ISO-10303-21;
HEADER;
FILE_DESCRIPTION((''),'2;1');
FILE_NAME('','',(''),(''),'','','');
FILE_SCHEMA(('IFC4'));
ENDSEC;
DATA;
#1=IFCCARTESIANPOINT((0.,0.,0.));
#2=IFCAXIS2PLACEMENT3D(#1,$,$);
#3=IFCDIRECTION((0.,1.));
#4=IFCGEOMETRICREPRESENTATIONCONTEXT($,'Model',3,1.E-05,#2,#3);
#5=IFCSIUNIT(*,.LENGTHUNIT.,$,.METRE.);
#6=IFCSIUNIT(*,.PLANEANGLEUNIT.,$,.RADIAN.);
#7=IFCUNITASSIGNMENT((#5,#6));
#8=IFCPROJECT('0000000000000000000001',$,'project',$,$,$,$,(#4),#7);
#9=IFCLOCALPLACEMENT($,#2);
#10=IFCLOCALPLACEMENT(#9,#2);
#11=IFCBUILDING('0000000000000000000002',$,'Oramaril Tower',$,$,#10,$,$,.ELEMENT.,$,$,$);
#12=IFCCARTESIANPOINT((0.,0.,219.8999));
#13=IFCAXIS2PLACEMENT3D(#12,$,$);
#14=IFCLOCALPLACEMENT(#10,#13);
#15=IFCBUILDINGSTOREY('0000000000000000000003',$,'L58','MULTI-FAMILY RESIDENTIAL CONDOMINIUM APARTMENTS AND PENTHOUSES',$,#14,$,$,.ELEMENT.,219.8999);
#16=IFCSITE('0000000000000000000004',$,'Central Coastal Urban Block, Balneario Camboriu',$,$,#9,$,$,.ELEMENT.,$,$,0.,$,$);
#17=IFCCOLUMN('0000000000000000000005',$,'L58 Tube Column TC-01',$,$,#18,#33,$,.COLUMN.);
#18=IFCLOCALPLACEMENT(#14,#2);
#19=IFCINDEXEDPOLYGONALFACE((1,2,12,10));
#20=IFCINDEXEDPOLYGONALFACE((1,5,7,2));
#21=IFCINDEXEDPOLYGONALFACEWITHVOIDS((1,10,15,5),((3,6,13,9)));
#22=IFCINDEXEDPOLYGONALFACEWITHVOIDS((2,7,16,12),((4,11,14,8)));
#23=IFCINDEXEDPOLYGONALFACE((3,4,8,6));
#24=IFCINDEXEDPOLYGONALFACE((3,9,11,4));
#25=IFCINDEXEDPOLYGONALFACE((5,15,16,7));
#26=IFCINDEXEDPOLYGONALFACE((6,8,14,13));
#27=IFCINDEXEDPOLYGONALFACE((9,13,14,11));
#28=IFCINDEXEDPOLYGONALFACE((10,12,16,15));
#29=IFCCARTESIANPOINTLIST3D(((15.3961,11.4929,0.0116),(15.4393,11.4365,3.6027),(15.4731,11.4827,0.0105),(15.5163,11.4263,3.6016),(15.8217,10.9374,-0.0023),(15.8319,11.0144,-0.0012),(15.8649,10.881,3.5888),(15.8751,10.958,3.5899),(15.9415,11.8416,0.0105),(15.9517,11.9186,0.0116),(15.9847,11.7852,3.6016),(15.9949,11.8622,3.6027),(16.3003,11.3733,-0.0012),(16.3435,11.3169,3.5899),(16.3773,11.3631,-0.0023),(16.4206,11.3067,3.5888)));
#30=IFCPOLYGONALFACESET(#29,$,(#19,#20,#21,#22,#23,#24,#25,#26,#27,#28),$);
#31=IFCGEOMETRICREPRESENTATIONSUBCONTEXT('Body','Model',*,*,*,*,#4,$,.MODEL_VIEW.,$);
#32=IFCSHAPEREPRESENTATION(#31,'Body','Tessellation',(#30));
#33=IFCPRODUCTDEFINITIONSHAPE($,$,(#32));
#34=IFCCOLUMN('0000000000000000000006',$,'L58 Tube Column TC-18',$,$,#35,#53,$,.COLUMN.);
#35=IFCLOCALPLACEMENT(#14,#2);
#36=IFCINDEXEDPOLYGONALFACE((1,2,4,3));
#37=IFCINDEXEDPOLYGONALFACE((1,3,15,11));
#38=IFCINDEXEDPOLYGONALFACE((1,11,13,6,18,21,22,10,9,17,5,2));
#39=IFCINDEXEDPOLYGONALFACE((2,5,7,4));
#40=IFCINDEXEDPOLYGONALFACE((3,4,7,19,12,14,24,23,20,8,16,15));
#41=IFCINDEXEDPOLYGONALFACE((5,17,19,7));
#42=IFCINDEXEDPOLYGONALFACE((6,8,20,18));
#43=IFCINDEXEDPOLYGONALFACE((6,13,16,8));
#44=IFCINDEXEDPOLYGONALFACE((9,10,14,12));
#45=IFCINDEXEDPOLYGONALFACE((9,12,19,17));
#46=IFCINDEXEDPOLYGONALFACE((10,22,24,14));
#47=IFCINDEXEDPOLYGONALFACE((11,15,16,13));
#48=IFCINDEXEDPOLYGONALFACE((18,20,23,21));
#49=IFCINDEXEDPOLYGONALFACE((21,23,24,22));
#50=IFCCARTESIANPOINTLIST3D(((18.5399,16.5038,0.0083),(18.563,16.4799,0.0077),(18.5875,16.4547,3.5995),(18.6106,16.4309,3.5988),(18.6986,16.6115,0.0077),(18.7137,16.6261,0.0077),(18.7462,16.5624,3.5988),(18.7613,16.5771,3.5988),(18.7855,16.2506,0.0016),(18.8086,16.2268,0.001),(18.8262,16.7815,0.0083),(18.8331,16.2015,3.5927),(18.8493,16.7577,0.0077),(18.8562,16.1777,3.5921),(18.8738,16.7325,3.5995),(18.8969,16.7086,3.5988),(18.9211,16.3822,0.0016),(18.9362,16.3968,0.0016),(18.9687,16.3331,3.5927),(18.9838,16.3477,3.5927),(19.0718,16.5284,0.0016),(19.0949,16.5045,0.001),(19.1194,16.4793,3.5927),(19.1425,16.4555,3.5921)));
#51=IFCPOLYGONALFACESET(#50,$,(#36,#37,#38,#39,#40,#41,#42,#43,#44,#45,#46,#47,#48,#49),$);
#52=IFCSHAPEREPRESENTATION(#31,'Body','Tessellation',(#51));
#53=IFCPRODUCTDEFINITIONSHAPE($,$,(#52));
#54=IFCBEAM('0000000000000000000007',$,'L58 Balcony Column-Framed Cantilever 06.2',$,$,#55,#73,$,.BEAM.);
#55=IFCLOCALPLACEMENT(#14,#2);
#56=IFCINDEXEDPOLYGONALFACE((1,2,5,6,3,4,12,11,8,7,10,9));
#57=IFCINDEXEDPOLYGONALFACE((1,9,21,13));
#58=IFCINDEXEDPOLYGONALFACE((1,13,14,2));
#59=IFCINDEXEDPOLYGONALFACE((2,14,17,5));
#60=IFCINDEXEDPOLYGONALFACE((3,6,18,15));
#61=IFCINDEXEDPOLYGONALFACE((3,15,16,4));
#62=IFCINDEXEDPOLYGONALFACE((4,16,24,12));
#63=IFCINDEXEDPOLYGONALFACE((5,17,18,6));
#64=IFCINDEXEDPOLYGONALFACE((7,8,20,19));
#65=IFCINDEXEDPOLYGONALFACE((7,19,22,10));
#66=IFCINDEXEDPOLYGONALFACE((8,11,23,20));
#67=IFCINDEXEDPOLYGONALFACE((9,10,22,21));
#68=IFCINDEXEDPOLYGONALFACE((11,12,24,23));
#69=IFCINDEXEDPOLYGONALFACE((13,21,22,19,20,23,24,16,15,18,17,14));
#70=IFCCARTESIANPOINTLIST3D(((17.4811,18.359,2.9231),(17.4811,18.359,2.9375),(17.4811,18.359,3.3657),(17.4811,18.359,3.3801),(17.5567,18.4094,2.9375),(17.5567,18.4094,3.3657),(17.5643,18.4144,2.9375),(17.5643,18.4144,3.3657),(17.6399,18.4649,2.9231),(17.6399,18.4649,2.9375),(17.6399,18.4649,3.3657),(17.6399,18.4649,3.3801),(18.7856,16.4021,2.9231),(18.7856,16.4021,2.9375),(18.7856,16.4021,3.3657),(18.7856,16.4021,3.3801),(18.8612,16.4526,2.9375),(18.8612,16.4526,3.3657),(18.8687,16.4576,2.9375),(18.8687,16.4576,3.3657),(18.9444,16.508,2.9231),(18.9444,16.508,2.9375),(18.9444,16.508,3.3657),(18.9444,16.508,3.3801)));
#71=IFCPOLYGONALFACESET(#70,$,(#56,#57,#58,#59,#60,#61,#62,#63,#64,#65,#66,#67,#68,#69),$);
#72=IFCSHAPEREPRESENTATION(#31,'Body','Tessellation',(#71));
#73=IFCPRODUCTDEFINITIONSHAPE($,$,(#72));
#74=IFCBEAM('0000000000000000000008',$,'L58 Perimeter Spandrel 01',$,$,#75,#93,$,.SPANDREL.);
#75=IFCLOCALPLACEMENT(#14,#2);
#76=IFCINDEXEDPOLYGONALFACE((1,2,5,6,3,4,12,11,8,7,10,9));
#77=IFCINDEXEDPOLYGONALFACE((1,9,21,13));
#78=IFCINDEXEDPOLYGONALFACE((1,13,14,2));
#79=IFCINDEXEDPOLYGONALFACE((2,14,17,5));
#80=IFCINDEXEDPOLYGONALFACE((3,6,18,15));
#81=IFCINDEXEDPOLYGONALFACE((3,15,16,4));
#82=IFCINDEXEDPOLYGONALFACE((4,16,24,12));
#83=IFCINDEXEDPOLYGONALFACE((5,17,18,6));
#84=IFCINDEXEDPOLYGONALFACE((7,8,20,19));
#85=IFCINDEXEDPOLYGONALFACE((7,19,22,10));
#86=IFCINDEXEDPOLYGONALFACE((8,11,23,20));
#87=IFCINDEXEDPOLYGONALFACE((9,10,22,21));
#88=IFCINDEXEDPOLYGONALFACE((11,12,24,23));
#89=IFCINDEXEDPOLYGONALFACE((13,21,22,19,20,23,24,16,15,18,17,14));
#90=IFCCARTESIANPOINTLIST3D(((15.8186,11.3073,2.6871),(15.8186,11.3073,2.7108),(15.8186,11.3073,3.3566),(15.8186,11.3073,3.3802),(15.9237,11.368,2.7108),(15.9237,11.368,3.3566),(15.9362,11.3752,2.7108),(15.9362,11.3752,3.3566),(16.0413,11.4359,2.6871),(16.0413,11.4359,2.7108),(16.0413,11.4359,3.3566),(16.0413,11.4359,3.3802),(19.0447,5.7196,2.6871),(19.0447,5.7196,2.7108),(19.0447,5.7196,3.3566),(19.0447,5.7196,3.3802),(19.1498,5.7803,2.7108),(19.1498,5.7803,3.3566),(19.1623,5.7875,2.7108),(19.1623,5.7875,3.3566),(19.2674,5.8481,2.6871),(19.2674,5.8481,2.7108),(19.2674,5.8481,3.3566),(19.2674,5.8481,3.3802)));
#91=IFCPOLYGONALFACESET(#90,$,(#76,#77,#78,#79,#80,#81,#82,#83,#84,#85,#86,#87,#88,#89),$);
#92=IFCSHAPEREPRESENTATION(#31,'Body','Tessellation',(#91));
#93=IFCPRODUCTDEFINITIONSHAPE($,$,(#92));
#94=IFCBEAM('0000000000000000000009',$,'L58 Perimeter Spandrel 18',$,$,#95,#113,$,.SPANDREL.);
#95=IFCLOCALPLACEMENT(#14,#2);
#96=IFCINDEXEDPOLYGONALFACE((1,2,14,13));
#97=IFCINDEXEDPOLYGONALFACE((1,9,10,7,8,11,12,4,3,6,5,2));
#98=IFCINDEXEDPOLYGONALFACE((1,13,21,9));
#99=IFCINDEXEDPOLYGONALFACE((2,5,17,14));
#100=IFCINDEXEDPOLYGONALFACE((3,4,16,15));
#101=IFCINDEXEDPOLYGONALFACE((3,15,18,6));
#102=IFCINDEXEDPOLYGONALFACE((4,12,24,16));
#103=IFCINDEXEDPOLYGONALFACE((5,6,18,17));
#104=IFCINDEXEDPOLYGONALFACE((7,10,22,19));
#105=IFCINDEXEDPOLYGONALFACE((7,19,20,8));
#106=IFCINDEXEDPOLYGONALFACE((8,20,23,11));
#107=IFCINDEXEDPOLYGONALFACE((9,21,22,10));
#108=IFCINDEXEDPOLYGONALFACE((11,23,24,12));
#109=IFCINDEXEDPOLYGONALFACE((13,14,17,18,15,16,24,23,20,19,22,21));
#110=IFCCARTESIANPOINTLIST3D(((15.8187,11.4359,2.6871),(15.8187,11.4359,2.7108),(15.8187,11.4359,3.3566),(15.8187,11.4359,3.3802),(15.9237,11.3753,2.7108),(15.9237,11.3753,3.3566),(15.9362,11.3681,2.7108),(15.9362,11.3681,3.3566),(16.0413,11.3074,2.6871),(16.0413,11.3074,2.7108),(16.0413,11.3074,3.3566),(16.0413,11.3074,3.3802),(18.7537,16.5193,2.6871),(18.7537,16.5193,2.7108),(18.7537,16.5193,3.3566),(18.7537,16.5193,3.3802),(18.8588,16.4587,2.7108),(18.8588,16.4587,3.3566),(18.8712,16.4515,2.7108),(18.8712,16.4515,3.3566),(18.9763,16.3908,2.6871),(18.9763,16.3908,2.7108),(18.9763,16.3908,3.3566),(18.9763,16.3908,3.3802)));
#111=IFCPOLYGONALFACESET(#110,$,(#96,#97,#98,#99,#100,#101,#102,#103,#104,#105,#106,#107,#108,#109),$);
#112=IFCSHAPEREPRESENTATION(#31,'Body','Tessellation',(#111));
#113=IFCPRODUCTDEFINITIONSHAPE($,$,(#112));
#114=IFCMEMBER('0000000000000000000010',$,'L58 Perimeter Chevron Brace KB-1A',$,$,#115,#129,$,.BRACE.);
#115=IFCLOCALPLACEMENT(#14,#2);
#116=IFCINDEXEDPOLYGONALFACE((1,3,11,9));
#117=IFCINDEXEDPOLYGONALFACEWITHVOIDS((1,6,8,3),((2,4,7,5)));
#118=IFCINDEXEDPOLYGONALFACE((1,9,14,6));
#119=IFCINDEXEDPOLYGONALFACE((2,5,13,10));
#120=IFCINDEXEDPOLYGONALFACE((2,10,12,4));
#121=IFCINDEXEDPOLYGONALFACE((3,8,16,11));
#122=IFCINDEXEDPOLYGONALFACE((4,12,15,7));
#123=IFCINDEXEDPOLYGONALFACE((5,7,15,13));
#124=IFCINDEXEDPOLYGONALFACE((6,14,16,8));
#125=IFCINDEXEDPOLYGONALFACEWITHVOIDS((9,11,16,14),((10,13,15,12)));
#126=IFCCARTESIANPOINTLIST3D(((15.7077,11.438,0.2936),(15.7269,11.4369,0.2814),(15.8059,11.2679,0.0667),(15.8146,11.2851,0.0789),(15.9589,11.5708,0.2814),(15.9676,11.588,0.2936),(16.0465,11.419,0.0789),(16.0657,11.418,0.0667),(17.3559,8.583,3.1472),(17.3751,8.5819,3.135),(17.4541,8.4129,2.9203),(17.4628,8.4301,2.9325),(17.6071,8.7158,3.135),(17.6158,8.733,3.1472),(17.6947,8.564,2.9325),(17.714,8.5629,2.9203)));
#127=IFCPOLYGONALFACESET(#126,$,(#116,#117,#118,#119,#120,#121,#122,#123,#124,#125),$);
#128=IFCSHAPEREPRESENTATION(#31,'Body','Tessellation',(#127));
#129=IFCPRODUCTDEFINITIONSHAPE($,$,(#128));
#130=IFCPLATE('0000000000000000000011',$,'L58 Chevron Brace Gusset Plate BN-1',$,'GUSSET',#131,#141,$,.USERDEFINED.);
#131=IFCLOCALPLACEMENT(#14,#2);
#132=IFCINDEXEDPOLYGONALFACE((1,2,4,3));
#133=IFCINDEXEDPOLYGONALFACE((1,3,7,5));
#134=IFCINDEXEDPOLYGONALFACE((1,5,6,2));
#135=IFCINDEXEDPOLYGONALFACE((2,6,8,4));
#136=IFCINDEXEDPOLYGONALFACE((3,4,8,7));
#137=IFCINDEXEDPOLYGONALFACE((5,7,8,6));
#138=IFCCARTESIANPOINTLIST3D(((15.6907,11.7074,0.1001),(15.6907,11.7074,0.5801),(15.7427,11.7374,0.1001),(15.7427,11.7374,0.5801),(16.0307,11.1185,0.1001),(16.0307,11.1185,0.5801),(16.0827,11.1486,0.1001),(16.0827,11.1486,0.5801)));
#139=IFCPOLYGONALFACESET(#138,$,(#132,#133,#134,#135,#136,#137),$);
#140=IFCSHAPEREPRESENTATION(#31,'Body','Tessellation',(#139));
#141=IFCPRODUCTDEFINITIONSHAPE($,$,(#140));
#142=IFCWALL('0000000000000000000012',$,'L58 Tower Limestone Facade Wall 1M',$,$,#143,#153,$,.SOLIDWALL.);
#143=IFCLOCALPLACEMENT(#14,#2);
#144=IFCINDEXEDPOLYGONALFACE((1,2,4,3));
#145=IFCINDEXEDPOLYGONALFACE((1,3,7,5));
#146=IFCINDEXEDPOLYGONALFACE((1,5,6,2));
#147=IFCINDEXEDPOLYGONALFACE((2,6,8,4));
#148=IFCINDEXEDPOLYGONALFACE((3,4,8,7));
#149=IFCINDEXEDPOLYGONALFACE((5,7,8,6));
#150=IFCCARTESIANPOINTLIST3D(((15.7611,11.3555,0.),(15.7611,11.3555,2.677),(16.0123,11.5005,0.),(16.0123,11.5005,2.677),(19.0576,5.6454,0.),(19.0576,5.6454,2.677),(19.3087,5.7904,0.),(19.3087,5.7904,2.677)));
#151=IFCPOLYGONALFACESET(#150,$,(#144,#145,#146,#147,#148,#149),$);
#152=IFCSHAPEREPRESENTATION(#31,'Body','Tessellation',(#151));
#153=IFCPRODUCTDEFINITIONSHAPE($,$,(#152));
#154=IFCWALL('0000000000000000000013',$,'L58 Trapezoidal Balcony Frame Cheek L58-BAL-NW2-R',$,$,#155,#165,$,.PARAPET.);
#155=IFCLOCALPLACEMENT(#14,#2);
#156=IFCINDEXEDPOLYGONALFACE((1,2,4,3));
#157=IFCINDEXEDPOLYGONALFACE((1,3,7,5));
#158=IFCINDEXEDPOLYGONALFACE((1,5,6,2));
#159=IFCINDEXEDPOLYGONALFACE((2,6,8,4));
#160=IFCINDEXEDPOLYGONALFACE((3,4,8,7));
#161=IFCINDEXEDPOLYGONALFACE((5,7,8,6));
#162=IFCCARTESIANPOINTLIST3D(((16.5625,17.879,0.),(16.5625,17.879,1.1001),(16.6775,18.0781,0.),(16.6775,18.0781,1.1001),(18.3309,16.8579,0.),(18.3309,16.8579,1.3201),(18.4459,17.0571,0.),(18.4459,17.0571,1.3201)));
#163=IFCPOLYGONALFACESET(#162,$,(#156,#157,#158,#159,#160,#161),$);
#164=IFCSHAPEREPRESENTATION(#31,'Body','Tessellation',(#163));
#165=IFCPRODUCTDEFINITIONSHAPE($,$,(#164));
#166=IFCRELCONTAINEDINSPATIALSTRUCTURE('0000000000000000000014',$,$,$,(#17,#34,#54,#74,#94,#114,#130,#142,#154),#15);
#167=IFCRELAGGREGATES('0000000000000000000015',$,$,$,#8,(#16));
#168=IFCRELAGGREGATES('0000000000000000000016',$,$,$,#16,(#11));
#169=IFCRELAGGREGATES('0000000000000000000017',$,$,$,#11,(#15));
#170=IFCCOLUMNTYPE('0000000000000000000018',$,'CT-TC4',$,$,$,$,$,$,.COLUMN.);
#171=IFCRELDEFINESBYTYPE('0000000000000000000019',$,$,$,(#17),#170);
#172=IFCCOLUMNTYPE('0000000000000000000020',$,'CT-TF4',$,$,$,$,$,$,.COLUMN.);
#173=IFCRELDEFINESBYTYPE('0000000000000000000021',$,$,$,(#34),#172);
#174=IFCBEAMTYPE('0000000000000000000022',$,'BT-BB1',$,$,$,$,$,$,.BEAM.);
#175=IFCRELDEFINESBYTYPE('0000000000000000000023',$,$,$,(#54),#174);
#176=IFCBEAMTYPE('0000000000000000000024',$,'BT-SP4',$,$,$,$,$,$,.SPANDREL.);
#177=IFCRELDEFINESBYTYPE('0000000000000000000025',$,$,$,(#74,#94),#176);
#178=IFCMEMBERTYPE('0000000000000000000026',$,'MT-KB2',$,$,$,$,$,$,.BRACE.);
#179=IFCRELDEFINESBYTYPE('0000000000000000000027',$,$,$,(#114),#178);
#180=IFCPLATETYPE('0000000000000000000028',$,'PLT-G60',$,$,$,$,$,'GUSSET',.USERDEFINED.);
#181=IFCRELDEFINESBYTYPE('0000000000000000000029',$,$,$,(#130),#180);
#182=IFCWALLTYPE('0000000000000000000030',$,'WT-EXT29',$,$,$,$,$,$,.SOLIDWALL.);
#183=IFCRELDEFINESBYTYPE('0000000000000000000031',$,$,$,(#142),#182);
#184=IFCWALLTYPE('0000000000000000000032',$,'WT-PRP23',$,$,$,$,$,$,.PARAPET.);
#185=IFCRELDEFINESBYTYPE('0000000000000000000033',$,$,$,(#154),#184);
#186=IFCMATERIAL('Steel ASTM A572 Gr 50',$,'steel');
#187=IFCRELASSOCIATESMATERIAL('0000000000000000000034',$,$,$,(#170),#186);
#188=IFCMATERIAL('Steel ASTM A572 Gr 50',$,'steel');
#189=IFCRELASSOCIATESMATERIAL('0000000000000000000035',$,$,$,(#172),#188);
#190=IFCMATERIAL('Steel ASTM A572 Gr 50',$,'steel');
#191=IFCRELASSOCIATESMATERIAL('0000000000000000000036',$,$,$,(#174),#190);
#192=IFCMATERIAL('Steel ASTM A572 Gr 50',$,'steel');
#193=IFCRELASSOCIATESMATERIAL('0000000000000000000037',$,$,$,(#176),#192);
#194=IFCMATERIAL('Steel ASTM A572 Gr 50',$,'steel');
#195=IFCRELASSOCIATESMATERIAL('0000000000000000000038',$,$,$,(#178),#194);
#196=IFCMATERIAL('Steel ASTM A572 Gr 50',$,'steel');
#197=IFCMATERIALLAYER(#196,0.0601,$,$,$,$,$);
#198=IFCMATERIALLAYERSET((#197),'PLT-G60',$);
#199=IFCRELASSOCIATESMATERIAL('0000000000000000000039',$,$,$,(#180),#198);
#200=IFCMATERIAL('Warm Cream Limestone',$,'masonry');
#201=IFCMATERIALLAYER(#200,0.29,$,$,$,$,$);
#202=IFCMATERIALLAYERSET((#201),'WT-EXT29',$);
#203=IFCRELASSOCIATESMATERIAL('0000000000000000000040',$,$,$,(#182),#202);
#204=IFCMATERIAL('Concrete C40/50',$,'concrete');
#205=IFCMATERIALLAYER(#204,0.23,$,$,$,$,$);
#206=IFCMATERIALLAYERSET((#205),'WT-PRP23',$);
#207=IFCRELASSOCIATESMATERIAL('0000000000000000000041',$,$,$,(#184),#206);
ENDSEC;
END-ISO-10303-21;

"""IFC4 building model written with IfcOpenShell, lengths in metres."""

from ifc_helpers import new_model, si_unit, direction, frame, frame_2d, origin, origin_2d, place, context, subcontext, project, spatial, polyline, rectangle, hollow_rectangle, i_section, outline, extrude, material, layer, layer_set, material_profile, profile_set, type_object, element, save


model = new_model("IFC4")

# Units and contexts
model_context = context("Model", 3, precision=1e-05, world=origin(), true_north=direction((0.0, 1.0)))
body_context = subcontext(model_context, "Body", "Model", "MODEL_VIEW")
ifc_project = project(units=[si_unit("LENGTHUNIT", "METRE"), si_unit("PLANEANGLEUNIT", "RADIAN")], contexts=[model_context])

# Site, building, storey
site_placement = place(None, origin())
site = spatial("IfcSite", under=ifc_project, at=site_placement, Name="Central Coastal Urban Block, Balneario Camboriu", CompositionType="ELEMENT", RefElevation=0.0)
building_placement = place(site_placement, origin())
building = spatial("IfcBuilding", under=site, at=building_placement, Name="Oramaril Tower", CompositionType="ELEMENT")
storey_placement = place(building_placement, frame((0.0, 0.0, 219.8999)))
storey = spatial("IfcBuildingStorey", under=building, at=storey_placement, Name="L58", Description="MULTI-FAMILY RESIDENTIAL CONDOMINIUM APARTMENTS AND PENTHOUSES", CompositionType="ELEMENT", Elevation=219.8999)

# Columns
ifc_material_1 = material(Name="Steel ASTM A572 Gr 50", Category="steel")
ifc_material_profile_1 = material_profile(ifc_material_1, hollow_rectangle(XDim=0.7, YDim=0.7, WallThickness=0.0549, at=origin_2d()), Name="BOX700X700X55")
ifc_profile_set_1 = profile_set([ifc_material_profile_1], Name="Steel ASTM A572 Gr 50")
column_type_1 = type_object("IfcColumnType", Name="CT-TC4", PredefinedType="COLUMN", material=ifc_profile_set_1)
column_1_placement = place(storey_placement, frame((15.8867, 11.428, 0.0046), z_axis=(0.012031, -0.015702, 0.999804), x_axis=(0.793772, 0.608215, 0.0)))
element("IfcColumn", 1, at=column_1_placement, inside=storey, type_object=column_type_1, Name="L58 Tube Column TC-01", PredefinedType="COLUMN", context=body_context, shape_type="SweptSolid", body=[
    extrude(hollow_rectangle(XDim=0.7, YDim=0.7, WallThickness=0.0549, at=origin_2d()), origin(), (0.0, 0.0, 1.0), 3.5918),
])
ifc_material_2 = material(Name="Steel ASTM A572 Gr 50", Category="steel")
ifc_material_profile_2 = material_profile(ifc_material_2, i_section(OverallWidth=0.3989, OverallDepth=0.386, WebThickness=0.021, FlangeThickness=0.0332, at=origin_2d()), Name="W14X176")
ifc_profile_set_2 = profile_set([ifc_material_profile_2], Name="Steel ASTM A572 Gr 50")
column_type_2 = type_object("IfcColumnType", Name="CT-TF4", PredefinedType="COLUMN", material=ifc_profile_set_2)
column_2_placement = place(storey_placement, frame((18.8174, 16.5042, 0.0046), z_axis=(0.013255, -0.013663, 0.999819), x_axis=(0.717738, 0.696313, 0.0)))
element("IfcColumn", 2, at=column_2_placement, inside=storey, type_object=column_type_2, Name="L58 Tube Column TC-18", PredefinedType="COLUMN", context=body_context, shape_type="SweptSolid", body=[
    extrude(i_section(OverallWidth=0.3989, OverallDepth=0.386, WebThickness=0.021, FlangeThickness=0.0332, at=origin_2d()), origin(), (0.0, 0.0, 1.0), 3.5918),
])

# Beams
ifc_material_3 = material(Name="Steel ASTM A572 Gr 50", Category="steel")
ifc_material_profile_3 = material_profile(ifc_material_3, i_section(OverallWidth=0.1909, OverallDepth=0.457, WebThickness=0.009, FlangeThickness=0.0144, at=origin_2d()), Name="W18X50")
ifc_profile_set_3 = profile_set([ifc_material_profile_3], Name="Steel ASTM A572 Gr 50")
beam_type_1 = type_object("IfcBeamType", Name="BT-BB1", PredefinedType="BEAM", material=ifc_profile_set_3)
beam_1_placement = place(storey_placement, frame((18.865, 16.4551, 3.1516), z_axis=(-0.554676, 0.832066, 0.0), x_axis=(-0.832066, -0.554676, 0.0)))
element("IfcBeam", 3, at=beam_1_placement, inside=storey, type_object=beam_type_1, Name="L58 Balcony Column-Framed Cantilever 06.2", PredefinedType="BEAM", context=body_context, shape_type="SweptSolid", body=[
    extrude(i_section(OverallWidth=0.1909, OverallDepth=0.457, WebThickness=0.009, FlangeThickness=0.0144, at=origin_2d()), origin(), (0.0, 0.0, 1.0), 2.3518),
])
ifc_material_4 = material(Name="Steel ASTM A572 Gr 50", Category="steel")
ifc_material_profile_4 = material_profile(ifc_material_4, i_section(OverallWidth=0.2571, OverallDepth=0.6931, WebThickness=0.0144, FlangeThickness=0.0237, at=origin_2d()), Name="W27X114")
ifc_profile_set_4 = profile_set([ifc_material_profile_4], Name="Steel ASTM A572 Gr 50")
beam_type_2 = type_object("IfcBeamType", Name="BT-SP4", PredefinedType="SPANDREL", material=ifc_profile_set_4)
beam_2_placement = place(storey_placement, frame((15.9299, 11.3716, 3.0337), z_axis=(0.500005, -0.866022, 0.0), x_axis=(0.866022, 0.500005, 0.0)))
element("IfcBeam", 4, at=beam_2_placement, inside=storey, type_object=beam_type_2, Name="L58 Perimeter Spandrel 01", PredefinedType="SPANDREL", context=body_context, shape_type="SweptSolid", body=[
    extrude(i_section(OverallWidth=0.2571, OverallDepth=0.6931, WebThickness=0.0144, FlangeThickness=0.0237, at=origin_2d()), origin(), (0.0, 0.0, 1.0), 6.4521),
])
beam_3_placement = place(storey_placement, frame((18.865, 16.4551, 3.0337), z_axis=(-0.500013, -0.866018, 0.0), x_axis=(0.866018, -0.500013, 0.0)))
element("IfcBeam", 5, at=beam_3_placement, inside=storey, type_object=beam_type_2, Name="L58 Perimeter Spandrel 18", PredefinedType="SPANDREL", context=body_context, shape_type="SweptSolid", body=[
    extrude(i_section(OverallWidth=0.2571, OverallDepth=0.6931, WebThickness=0.0144, FlangeThickness=0.0237, at=origin_2d()), origin(), (0.0, 0.0, 1.0), 5.8699),
])

# Member
ifc_material_5 = material(Name="Steel ASTM A572 Gr 50", Category="steel")
ifc_material_profile_5 = material_profile(ifc_material_5, hollow_rectangle(XDim=0.3, YDim=0.3, WallThickness=0.0161, at=origin_2d()), Name="HSS300X300X16")
ifc_profile_set_5 = profile_set([ifc_material_profile_5], Name="Steel ASTM A572 Gr 50")
member_type = type_object("IfcMemberType", Name="MT-KB2", PredefinedType="BRACE", material=ifc_profile_set_5)
member_placement = place(storey_placement, frame((15.8867, 11.428, 0.1802), z_axis=(0.378022, -0.654805, 0.654469), x_axis=(0.866043, 0.49997, 0.0)))
element("IfcMember", 6, at=member_placement, inside=storey, type_object=member_type, Name="L58 Perimeter Chevron Brace KB-1A", PredefinedType="BRACE", context=body_context, shape_type="SweptSolid", body=[
    extrude(hollow_rectangle(XDim=0.3, YDim=0.3, WallThickness=0.0161, at=origin_2d()), origin(), (0.0, 0.0, 1.0), 4.3601),
])

# Plate
ifc_material_6 = material(Name="Steel ASTM A572 Gr 50", Category="steel")
ifc_layer_1 = layer(ifc_material_6, 0.0601)
ifc_layer_set_1 = layer_set([ifc_layer_1], Name="PLT-G60")
plate_type = type_object("IfcPlateType", Name="PLT-G60", ElementType="GUSSET", PredefinedType="USERDEFINED", material=ifc_layer_set_1)
plate_placement = place(storey_placement, frame((15.8867, 11.428, 0.1001), z_axis=(0.0, 0.0, 1.0), x_axis=(0.499992, -0.86603, 0.0)))
element("IfcPlate", 7, at=plate_placement, inside=storey, type_object=plate_type, Name="L58 Chevron Brace Gusset Plate BN-1", ObjectType="GUSSET", PredefinedType="USERDEFINED", context=body_context, shape_type="SweptSolid", body=[
    extrude(rectangle(XDim=0.6799, YDim=0.0601, at=origin_2d()), origin(), (0.0, 0.0, 1.0), 0.48),
])

# Walls
ifc_material_7 = material(Name="Warm Cream Limestone", Category="masonry")
ifc_layer_2 = layer(ifc_material_7, 0.29)
ifc_layer_set_2 = layer_set([ifc_layer_2], Name="WT-EXT29")
wall_type_1 = type_object("IfcWallType", Name="WT-EXT29", PredefinedType="SOLIDWALL", material=ifc_layer_set_2)
wall_1_placement = place(storey_placement, frame((15.8867, 11.428, 0.0), z_axis=(0.0, 0.0, 1.0), x_axis=(0.49997, -0.866043, 0.0)))
element("IfcWall", 8, at=wall_1_placement, inside=storey, type_object=wall_type_1, Name="L58 Tower Limestone Facade Wall 1M", PredefinedType="SOLIDWALL", context=body_context, shape_type="SweptSolid", body=[
    extrude(rectangle(XDim=6.5933, YDim=0.29, at=frame_2d((3.2966, 0.0))), origin(), (0.0, 0.0, 1.0), 2.677),
])
ifc_material_8 = material(Name="Concrete C40/50", Category="concrete")
ifc_layer_3 = layer(ifc_material_8, 0.23)
ifc_layer_set_3 = layer_set([ifc_layer_3], Name="WT-PRP23")
wall_type_2 = type_object("IfcWallType", Name="WT-PRP23", PredefinedType="PARAPET", material=ifc_layer_set_3)
wall_2_placement = place(storey_placement, frame((18.3884, 16.9575, 0.0), z_axis=(0.0, 0.0, 1.0), x_axis=(-0.866012, 0.500023, 0.0)))
element("IfcWall", 9, at=wall_2_placement, inside=storey, type_object=wall_type_2, Name="L58 Trapezoidal Balcony Frame Cheek L58-BAL-NW2-R", PredefinedType="PARAPET", context=body_context, shape_type="SweptSolid", body=[
    extrude(outline(polyline([(0.0, 0.0), (2.042, 0.0), (2.042, 1.1001), (0.0, 1.3201), (0.0, 0.0)])), frame((0.0, 0.115, 0.0), z_axis=(0.0, -1.0, 0.0), x_axis=(1.0, 0.0, 0.0)), (0.0, 0.0, 1.0), 0.23),
])

save(model, "model.ifc")
